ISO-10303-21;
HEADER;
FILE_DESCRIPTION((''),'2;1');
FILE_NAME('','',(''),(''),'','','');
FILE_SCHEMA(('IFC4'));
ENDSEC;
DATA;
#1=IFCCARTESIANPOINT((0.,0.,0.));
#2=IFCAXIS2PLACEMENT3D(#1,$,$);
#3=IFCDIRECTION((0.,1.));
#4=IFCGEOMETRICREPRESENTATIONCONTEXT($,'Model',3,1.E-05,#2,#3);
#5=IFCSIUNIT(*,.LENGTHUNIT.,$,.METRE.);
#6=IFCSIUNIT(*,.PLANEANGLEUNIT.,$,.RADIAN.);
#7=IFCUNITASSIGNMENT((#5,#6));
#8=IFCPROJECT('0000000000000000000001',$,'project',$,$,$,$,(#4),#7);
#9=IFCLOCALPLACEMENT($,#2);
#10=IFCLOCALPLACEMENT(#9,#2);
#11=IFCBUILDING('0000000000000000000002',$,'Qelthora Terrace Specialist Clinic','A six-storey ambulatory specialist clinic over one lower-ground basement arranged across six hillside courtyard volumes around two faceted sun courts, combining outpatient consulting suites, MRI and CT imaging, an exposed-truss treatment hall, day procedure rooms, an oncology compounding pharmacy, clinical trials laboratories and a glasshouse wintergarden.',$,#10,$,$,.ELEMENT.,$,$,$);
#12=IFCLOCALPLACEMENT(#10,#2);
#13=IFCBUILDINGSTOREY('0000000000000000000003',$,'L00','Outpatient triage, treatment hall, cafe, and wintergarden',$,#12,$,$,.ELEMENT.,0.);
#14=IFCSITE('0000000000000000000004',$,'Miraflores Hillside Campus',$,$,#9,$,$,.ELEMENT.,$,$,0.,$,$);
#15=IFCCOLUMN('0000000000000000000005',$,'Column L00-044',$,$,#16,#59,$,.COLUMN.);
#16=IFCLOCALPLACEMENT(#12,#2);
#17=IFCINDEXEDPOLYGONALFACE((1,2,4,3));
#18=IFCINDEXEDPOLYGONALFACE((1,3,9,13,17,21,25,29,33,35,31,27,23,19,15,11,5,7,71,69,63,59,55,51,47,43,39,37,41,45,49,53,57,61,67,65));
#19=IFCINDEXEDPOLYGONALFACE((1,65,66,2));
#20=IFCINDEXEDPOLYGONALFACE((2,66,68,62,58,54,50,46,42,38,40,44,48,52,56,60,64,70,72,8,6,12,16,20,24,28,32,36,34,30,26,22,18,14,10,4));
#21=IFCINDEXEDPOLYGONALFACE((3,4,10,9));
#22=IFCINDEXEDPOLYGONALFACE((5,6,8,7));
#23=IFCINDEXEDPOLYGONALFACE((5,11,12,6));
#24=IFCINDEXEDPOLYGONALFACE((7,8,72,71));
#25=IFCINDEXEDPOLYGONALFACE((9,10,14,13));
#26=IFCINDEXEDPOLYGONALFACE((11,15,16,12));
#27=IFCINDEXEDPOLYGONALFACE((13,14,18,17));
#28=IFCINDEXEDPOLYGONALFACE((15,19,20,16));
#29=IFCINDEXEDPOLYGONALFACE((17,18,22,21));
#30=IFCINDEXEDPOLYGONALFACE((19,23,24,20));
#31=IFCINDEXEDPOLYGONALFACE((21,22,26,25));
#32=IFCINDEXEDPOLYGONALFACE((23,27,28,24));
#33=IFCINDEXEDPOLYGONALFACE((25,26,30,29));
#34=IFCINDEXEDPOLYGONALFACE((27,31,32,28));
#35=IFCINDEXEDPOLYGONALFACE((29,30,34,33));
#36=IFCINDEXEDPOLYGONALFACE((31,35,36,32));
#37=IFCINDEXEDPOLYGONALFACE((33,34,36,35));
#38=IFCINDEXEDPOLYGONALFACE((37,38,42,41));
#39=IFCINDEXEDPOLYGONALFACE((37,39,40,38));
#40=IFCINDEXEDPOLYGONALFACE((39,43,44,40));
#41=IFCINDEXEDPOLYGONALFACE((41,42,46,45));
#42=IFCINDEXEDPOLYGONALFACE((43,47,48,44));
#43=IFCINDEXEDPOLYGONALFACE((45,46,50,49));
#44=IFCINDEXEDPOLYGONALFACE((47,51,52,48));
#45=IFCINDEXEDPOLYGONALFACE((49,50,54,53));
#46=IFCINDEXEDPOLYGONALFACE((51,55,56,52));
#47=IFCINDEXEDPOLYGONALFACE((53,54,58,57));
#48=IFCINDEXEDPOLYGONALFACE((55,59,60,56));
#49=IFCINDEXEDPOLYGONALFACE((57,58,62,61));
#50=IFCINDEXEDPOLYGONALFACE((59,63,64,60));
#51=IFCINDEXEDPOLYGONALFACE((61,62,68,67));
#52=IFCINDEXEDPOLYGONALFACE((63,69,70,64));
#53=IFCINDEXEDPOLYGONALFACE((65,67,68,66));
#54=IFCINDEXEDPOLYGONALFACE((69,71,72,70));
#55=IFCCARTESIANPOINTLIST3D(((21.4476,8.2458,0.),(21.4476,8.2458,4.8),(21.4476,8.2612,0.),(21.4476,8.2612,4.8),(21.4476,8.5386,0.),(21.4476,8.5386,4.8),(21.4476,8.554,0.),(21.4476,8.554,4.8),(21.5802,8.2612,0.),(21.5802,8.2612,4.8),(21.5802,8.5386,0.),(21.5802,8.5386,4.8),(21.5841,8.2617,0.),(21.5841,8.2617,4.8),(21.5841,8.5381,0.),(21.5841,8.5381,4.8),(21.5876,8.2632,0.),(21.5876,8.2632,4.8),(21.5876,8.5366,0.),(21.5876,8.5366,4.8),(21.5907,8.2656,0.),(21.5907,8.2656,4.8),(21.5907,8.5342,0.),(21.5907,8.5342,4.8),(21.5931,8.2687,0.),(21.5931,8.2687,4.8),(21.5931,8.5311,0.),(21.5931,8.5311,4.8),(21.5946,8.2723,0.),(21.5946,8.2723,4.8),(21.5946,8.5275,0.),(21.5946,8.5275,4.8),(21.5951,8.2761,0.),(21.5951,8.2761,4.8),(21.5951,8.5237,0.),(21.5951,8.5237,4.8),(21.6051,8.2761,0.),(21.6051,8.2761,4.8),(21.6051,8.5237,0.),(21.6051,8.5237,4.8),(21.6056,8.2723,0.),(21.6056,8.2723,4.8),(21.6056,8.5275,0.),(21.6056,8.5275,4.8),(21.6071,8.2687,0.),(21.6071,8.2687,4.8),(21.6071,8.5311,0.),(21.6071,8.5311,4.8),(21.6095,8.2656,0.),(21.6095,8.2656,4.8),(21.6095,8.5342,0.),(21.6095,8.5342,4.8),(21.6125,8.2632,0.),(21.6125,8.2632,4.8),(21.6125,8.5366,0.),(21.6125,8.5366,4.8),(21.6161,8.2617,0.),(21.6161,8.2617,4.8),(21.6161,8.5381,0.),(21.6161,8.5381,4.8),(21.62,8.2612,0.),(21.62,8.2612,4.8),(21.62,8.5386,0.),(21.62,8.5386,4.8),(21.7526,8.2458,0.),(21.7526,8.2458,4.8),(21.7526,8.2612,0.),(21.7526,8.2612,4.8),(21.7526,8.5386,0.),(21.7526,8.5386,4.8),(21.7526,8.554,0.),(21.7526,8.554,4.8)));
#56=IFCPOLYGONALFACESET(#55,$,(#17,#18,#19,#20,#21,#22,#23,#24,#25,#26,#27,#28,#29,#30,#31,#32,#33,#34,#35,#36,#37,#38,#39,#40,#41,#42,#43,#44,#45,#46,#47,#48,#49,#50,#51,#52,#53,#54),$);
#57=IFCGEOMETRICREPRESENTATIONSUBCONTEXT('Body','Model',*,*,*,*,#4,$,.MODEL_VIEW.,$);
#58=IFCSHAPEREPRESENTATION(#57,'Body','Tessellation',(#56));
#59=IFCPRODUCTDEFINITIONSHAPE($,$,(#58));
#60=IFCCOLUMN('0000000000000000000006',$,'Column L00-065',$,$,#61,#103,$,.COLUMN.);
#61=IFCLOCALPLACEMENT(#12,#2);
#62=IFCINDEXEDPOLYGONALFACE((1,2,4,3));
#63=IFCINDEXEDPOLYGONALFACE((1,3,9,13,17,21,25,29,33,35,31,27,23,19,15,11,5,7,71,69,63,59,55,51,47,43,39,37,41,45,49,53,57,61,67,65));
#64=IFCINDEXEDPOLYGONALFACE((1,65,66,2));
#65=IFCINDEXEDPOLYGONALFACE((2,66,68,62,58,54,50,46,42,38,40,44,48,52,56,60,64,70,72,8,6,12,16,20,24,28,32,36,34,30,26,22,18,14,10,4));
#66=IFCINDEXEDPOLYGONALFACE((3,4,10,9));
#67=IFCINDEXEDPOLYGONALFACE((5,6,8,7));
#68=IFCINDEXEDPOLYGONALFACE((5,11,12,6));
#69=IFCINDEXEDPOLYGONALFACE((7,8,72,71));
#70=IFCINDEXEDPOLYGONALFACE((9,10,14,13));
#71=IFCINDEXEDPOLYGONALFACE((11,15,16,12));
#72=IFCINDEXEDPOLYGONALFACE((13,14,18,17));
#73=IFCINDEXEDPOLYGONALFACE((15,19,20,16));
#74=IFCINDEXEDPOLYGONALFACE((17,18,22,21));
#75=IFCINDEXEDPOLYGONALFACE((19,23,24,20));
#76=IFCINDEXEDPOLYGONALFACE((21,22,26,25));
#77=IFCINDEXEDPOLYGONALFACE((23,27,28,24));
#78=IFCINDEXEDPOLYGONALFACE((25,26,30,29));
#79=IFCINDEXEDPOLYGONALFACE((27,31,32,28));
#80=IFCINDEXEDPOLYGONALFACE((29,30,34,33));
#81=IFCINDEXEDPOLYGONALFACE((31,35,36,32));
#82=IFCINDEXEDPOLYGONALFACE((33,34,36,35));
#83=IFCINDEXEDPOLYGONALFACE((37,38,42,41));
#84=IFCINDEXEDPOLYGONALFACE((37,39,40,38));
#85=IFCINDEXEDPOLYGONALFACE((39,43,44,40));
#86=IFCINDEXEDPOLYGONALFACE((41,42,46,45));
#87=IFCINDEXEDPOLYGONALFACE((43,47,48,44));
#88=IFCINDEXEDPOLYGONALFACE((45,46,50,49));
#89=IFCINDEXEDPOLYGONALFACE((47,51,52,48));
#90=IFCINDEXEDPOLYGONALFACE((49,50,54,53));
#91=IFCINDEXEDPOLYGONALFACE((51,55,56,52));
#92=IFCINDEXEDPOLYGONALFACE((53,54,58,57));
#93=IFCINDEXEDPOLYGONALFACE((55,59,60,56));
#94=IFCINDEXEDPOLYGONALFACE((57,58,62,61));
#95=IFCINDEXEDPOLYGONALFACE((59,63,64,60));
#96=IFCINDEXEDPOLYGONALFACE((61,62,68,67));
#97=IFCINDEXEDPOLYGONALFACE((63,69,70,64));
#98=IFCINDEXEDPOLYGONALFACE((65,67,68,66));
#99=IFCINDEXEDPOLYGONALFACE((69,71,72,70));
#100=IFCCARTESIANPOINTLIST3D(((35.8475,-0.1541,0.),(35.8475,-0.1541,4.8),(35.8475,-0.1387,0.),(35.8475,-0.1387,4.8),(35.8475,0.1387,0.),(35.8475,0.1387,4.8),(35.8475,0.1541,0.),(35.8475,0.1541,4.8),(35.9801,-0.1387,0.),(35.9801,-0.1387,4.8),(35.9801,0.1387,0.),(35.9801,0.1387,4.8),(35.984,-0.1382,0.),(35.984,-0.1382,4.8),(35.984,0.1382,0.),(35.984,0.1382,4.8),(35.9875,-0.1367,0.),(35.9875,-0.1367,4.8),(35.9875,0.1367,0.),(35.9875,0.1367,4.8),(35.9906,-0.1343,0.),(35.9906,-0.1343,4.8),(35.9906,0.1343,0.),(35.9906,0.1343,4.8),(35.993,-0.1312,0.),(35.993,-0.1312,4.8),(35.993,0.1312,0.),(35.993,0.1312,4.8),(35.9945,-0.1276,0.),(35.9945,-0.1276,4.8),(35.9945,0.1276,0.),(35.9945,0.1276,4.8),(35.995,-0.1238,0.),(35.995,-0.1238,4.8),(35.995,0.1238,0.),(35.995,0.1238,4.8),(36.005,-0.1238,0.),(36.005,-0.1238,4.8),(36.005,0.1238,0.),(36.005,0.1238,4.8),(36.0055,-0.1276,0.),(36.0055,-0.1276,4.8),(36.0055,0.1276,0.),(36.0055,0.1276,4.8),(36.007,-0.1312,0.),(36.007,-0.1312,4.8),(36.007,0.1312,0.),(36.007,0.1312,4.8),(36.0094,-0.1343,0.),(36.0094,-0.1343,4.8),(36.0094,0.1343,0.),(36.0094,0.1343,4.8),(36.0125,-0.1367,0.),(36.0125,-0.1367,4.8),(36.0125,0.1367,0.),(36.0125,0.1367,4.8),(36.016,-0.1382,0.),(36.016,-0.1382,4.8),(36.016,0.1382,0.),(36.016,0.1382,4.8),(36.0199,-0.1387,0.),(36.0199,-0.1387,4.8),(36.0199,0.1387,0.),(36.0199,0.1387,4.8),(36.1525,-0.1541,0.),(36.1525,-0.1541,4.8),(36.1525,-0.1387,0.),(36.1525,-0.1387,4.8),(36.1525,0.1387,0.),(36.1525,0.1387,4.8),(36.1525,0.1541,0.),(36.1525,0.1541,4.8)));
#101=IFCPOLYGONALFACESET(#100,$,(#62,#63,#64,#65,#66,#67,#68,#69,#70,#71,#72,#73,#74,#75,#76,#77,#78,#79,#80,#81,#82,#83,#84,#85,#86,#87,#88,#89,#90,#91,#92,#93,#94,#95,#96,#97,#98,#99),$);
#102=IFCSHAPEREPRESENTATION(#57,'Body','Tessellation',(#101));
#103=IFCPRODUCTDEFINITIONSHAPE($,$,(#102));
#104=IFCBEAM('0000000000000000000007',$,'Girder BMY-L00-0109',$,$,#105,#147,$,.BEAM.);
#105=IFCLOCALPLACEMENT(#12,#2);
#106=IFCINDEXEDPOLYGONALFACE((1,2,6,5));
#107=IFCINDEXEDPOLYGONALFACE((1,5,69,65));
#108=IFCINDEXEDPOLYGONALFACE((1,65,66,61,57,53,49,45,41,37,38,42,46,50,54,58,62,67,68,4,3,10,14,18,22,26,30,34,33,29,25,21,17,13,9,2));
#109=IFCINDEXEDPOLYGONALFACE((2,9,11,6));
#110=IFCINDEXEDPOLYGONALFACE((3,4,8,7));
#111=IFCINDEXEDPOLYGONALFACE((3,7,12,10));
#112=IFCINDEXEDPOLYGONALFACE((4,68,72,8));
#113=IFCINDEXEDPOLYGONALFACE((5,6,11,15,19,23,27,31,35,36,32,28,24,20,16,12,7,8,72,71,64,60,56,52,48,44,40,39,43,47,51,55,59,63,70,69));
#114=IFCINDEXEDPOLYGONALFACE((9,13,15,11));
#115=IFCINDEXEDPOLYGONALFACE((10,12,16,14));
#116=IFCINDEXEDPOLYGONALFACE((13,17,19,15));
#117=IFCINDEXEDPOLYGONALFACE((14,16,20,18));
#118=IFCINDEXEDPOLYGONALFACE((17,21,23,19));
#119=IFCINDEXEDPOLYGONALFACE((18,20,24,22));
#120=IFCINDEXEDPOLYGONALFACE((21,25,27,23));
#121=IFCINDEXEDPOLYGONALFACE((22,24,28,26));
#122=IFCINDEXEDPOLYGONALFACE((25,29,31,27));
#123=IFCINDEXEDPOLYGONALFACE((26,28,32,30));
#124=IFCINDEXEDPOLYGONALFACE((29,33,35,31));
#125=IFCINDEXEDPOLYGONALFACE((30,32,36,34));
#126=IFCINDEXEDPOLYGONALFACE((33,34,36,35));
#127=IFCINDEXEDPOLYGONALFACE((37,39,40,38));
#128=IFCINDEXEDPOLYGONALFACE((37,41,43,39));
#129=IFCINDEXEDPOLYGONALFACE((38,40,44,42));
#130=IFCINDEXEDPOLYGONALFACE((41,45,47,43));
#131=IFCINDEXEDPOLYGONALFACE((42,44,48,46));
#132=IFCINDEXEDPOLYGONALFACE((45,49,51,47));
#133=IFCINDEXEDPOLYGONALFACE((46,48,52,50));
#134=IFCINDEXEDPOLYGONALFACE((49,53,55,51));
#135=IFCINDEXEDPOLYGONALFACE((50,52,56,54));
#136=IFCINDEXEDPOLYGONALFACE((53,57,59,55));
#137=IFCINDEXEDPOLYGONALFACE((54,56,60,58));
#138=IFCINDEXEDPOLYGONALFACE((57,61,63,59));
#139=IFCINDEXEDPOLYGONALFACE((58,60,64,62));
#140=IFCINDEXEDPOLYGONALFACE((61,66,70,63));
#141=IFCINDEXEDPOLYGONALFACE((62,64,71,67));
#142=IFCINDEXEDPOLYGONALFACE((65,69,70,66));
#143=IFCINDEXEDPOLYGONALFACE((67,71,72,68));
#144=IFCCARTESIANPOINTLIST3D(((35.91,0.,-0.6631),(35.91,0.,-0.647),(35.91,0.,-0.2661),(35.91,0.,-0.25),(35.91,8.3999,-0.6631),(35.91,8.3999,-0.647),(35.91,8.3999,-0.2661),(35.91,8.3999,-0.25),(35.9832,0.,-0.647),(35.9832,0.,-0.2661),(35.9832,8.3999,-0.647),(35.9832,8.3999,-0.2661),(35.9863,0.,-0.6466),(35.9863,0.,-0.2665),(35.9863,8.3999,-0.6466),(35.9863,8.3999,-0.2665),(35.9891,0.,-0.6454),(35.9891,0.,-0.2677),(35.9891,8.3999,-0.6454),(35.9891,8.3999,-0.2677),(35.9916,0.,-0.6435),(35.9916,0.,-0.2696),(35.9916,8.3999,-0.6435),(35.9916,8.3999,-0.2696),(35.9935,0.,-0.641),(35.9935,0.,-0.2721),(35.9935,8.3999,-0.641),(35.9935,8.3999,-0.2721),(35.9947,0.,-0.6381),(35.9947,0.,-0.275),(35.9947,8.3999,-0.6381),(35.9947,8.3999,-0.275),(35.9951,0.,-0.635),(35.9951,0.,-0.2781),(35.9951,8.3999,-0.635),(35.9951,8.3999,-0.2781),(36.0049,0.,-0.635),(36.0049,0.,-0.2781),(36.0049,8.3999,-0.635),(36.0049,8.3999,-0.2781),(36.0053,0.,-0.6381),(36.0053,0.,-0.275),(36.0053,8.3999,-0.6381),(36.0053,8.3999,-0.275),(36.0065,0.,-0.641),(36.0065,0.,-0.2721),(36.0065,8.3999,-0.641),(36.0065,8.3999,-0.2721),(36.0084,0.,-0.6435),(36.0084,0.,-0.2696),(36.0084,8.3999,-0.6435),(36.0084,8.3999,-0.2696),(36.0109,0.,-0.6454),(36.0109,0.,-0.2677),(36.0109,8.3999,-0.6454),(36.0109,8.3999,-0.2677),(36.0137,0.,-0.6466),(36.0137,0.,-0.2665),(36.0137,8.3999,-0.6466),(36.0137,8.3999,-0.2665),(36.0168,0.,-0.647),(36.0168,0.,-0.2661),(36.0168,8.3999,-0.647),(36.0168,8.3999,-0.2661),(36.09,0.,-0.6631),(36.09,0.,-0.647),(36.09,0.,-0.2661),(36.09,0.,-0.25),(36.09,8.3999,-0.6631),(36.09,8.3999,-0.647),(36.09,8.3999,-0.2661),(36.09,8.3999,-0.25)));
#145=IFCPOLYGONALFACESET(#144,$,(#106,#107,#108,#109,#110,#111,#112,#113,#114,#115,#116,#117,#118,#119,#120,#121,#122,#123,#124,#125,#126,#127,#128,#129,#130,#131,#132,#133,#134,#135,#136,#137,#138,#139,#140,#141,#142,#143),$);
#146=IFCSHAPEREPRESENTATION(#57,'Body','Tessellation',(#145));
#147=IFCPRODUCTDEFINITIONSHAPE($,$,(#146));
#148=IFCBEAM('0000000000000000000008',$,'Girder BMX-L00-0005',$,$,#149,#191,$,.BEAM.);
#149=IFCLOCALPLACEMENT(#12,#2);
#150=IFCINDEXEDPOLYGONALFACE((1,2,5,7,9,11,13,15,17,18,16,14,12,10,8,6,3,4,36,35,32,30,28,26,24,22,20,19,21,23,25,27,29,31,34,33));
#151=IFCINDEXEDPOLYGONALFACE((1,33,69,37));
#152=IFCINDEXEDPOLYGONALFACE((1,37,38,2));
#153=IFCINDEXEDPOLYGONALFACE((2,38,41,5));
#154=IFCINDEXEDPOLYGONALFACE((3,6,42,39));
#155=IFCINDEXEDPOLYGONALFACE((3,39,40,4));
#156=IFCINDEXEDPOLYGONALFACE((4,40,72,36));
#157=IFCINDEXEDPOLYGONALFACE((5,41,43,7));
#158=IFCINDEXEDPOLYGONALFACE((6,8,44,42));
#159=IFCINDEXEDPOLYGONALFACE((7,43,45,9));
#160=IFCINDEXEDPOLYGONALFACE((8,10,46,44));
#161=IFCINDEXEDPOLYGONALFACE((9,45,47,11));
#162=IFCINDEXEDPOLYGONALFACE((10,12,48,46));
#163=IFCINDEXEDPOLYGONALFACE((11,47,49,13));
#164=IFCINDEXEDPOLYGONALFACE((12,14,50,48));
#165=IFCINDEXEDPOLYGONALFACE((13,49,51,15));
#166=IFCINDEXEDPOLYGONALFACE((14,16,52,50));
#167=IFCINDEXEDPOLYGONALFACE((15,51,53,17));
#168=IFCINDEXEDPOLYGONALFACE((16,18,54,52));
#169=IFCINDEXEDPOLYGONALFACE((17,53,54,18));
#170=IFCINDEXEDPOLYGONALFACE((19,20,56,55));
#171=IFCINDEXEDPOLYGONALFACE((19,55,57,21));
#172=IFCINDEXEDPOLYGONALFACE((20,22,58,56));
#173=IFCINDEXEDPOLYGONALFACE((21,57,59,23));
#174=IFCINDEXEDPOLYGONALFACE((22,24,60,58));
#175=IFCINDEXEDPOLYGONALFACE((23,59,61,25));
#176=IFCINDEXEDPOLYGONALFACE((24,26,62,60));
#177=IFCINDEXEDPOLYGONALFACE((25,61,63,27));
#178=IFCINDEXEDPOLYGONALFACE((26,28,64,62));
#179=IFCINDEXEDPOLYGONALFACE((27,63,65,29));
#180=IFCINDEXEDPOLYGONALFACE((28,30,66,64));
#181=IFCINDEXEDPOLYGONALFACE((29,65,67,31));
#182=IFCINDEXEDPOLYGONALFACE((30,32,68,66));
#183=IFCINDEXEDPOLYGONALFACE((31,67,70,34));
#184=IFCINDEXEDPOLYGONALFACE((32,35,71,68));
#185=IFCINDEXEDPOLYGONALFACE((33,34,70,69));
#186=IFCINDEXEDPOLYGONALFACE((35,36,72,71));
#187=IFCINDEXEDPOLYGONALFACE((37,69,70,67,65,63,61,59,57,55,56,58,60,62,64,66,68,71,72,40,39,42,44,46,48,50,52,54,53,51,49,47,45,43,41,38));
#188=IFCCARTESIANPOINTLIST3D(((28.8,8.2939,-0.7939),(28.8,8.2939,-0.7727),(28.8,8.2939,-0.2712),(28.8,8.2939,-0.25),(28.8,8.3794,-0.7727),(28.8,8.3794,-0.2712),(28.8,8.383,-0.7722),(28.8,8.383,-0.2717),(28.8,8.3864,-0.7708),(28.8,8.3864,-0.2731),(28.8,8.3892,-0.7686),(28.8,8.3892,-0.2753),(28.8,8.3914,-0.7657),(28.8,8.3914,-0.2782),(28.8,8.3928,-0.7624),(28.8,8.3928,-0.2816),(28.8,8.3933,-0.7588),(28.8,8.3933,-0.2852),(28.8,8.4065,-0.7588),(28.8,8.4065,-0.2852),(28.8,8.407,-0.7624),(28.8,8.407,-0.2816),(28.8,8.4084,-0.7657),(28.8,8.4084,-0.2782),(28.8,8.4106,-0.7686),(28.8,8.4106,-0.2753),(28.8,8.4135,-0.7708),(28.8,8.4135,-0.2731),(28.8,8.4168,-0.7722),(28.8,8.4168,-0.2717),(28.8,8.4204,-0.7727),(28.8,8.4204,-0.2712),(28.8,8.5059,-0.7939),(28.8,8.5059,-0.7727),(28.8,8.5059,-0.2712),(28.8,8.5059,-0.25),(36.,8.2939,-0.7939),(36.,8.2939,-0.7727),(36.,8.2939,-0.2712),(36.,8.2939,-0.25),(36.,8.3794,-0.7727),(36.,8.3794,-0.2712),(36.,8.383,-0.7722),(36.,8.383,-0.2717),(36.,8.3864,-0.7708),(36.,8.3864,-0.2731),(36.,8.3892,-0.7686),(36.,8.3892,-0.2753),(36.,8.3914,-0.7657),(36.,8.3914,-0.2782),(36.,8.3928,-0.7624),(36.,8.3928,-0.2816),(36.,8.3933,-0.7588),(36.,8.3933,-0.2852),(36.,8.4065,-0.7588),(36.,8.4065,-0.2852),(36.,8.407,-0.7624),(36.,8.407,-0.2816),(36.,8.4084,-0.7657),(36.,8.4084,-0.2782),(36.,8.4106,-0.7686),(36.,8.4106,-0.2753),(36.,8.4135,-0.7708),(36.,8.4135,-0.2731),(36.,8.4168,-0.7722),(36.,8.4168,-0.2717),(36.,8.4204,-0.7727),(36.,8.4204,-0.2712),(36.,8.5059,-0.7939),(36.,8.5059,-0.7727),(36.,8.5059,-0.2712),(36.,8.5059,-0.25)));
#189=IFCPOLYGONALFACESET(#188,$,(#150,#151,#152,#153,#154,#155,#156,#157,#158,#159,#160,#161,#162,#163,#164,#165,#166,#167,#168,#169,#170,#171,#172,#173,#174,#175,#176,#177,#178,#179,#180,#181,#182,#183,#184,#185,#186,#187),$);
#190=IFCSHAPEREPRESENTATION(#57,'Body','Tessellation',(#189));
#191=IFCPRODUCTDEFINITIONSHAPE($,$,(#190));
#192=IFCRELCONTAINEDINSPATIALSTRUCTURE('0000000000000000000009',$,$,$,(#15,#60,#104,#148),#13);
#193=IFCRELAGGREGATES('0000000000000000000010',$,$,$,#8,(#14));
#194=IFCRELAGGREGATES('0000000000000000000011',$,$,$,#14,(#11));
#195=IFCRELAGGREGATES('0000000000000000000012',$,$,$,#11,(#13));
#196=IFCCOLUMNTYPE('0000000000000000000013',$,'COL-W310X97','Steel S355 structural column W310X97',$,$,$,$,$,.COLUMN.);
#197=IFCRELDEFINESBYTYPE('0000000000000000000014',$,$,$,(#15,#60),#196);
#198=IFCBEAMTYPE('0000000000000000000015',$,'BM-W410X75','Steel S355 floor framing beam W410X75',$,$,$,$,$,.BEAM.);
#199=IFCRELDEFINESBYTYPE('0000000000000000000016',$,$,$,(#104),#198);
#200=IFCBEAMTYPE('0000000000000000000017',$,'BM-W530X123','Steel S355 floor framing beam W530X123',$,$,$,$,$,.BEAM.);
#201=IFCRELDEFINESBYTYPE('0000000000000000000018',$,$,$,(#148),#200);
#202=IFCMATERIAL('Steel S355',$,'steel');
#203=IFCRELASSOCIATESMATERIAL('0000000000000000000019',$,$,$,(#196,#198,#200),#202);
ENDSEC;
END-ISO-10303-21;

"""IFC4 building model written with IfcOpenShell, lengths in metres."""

from ifc_helpers import new_model, si_unit, direction, frame, origin, origin_2d, place, context, subcontext, project, spatial, i_section, extrude, material, material_profile, profile_set, type_object, element, save


model = new_model("IFC4")

# Units and contexts
model_context = context("Model", 3, precision=1e-05, world=origin(), true_north=direction((0.0, 1.0)))
body_context = subcontext(model_context, "Body", "Model", "MODEL_VIEW")
ifc_project = project(units=[si_unit("LENGTHUNIT", "METRE"), si_unit("PLANEANGLEUNIT", "RADIAN")], contexts=[model_context])

# Site, building, storey
site_placement = place(None, origin())
site = spatial("IfcSite", under=ifc_project, at=site_placement, Name="Miraflores Hillside Campus", CompositionType="ELEMENT", RefElevation=0.0)
building_placement = place(site_placement, origin())
building = spatial("IfcBuilding", under=site, at=building_placement, Name="Qelthora Terrace Specialist Clinic", Description="A six-storey ambulatory specialist clinic over one lower-ground basement arranged across six hillside courtyard volumes around two faceted sun courts, combining outpatient consulting suites, MRI and CT imaging, an exposed-truss treatment hall, day procedure rooms, an oncology compounding pharmacy, clinical trials laboratories and a glasshouse wintergarden.", CompositionType="ELEMENT")
storey_placement = place(building_placement, origin())
storey = spatial("IfcBuildingStorey", under=building, at=storey_placement, Name="L00", Description="Outpatient triage, treatment hall, cafe, and wintergarden", CompositionType="ELEMENT", Elevation=0.0)

# Columns
ifc_material_1 = material(Name="Steel S355", Category="steel")
ifc_material_profile_1 = material_profile(ifc_material_1, i_section(OverallWidth=0.3049, OverallDepth=0.3081, WebThickness=0.01, FlangeThickness=0.0154, FilletRadius=0.0149, at=origin_2d()), Name="W310X97")
ifc_profile_set_1 = profile_set([ifc_material_profile_1], Name="Steel S355")
column_type_1 = type_object("IfcColumnType", Name="COL-W310X97", Description="Steel S355 structural column W310X97", PredefinedType="COLUMN", material=ifc_profile_set_1)
for number, where, z_axis, x_axis, name in (
    (1, (21.6001, 8.3999, 0.0), (0.0, 0.0, 1.0), (1.0, 0.0, 0.0), "Column L00-044"),
    (2, (36.0, 0.0, 0.0), (0.0, 0.0, 1.0), (1.0, 0.0, 0.0), "Column L00-065"),
):
    element("IfcColumn", number, at=place(storey_placement, frame(where, z_axis=z_axis, x_axis=x_axis)), inside=storey, type_object=column_type_1, Name=name, PredefinedType="COLUMN", context=body_context, shape_type="SweptSolid", body=[
        extrude(i_section(OverallWidth=0.3049, OverallDepth=0.3081, WebThickness=0.01, FlangeThickness=0.0154, FilletRadius=0.0149, at=origin_2d()), origin(), (0.0, 0.0, 1.0), 4.8),
    ])

# Beams
ifc_material_profile_2 = material_profile(ifc_material_1, i_section(OverallWidth=0.1799, OverallDepth=0.4131, WebThickness=0.0098, FlangeThickness=0.0161, FilletRadius=0.012, at=origin_2d()), Name="W410X75")
ifc_profile_set_2 = profile_set([ifc_material_profile_2], Name="Steel S355")
beam_type_1 = type_object("IfcBeamType", Name="BM-W410X75", Description="Steel S355 floor framing beam W410X75", PredefinedType="BEAM", material=ifc_profile_set_2)
beam_1_placement = place(storey_placement, frame((36.0, 0.0, -0.4565), z_axis=(0.0, 1.0, 0.0), x_axis=(-1.0, 0.0, 0.0)))
element("IfcBeam", 3, at=beam_1_placement, inside=storey, type_object=beam_type_1, Name="Girder BMY-L00-0109", PredefinedType="BEAM", context=body_context, shape_type="SweptSolid", body=[
    extrude(i_section(OverallWidth=0.1799, OverallDepth=0.4131, WebThickness=0.0098, FlangeThickness=0.0161, FilletRadius=0.012, at=origin_2d()), origin(), (0.0, 0.0, 1.0), 8.3999),
])
ifc_material_profile_3 = material_profile(ifc_material_1, i_section(OverallWidth=0.2119, OverallDepth=0.5439, WebThickness=0.0132, FlangeThickness=0.0212, FilletRadius=0.0139, at=origin_2d()), Name="W530X123")
ifc_profile_set_3 = profile_set([ifc_material_profile_3], Name="Steel S355")
beam_type_2 = type_object("IfcBeamType", Name="BM-W530X123", Description="Steel S355 floor framing beam W530X123", PredefinedType="BEAM", material=ifc_profile_set_3)
beam_2_placement = place(storey_placement, frame((28.8, 8.3999, -0.522), z_axis=(1.0, 0.0, 0.0), x_axis=(0.0, 1.0, 0.0)))
element("IfcBeam", 4, at=beam_2_placement, inside=storey, type_object=beam_type_2, Name="Girder BMX-L00-0005", PredefinedType="BEAM", context=body_context, shape_type="SweptSolid", body=[
    extrude(i_section(OverallWidth=0.2119, OverallDepth=0.5439, WebThickness=0.0132, FlangeThickness=0.0212, FilletRadius=0.0139, at=origin_2d()), origin(), (0.0, 0.0, 1.0), 7.2),
])

save(model, "model.ifc")
